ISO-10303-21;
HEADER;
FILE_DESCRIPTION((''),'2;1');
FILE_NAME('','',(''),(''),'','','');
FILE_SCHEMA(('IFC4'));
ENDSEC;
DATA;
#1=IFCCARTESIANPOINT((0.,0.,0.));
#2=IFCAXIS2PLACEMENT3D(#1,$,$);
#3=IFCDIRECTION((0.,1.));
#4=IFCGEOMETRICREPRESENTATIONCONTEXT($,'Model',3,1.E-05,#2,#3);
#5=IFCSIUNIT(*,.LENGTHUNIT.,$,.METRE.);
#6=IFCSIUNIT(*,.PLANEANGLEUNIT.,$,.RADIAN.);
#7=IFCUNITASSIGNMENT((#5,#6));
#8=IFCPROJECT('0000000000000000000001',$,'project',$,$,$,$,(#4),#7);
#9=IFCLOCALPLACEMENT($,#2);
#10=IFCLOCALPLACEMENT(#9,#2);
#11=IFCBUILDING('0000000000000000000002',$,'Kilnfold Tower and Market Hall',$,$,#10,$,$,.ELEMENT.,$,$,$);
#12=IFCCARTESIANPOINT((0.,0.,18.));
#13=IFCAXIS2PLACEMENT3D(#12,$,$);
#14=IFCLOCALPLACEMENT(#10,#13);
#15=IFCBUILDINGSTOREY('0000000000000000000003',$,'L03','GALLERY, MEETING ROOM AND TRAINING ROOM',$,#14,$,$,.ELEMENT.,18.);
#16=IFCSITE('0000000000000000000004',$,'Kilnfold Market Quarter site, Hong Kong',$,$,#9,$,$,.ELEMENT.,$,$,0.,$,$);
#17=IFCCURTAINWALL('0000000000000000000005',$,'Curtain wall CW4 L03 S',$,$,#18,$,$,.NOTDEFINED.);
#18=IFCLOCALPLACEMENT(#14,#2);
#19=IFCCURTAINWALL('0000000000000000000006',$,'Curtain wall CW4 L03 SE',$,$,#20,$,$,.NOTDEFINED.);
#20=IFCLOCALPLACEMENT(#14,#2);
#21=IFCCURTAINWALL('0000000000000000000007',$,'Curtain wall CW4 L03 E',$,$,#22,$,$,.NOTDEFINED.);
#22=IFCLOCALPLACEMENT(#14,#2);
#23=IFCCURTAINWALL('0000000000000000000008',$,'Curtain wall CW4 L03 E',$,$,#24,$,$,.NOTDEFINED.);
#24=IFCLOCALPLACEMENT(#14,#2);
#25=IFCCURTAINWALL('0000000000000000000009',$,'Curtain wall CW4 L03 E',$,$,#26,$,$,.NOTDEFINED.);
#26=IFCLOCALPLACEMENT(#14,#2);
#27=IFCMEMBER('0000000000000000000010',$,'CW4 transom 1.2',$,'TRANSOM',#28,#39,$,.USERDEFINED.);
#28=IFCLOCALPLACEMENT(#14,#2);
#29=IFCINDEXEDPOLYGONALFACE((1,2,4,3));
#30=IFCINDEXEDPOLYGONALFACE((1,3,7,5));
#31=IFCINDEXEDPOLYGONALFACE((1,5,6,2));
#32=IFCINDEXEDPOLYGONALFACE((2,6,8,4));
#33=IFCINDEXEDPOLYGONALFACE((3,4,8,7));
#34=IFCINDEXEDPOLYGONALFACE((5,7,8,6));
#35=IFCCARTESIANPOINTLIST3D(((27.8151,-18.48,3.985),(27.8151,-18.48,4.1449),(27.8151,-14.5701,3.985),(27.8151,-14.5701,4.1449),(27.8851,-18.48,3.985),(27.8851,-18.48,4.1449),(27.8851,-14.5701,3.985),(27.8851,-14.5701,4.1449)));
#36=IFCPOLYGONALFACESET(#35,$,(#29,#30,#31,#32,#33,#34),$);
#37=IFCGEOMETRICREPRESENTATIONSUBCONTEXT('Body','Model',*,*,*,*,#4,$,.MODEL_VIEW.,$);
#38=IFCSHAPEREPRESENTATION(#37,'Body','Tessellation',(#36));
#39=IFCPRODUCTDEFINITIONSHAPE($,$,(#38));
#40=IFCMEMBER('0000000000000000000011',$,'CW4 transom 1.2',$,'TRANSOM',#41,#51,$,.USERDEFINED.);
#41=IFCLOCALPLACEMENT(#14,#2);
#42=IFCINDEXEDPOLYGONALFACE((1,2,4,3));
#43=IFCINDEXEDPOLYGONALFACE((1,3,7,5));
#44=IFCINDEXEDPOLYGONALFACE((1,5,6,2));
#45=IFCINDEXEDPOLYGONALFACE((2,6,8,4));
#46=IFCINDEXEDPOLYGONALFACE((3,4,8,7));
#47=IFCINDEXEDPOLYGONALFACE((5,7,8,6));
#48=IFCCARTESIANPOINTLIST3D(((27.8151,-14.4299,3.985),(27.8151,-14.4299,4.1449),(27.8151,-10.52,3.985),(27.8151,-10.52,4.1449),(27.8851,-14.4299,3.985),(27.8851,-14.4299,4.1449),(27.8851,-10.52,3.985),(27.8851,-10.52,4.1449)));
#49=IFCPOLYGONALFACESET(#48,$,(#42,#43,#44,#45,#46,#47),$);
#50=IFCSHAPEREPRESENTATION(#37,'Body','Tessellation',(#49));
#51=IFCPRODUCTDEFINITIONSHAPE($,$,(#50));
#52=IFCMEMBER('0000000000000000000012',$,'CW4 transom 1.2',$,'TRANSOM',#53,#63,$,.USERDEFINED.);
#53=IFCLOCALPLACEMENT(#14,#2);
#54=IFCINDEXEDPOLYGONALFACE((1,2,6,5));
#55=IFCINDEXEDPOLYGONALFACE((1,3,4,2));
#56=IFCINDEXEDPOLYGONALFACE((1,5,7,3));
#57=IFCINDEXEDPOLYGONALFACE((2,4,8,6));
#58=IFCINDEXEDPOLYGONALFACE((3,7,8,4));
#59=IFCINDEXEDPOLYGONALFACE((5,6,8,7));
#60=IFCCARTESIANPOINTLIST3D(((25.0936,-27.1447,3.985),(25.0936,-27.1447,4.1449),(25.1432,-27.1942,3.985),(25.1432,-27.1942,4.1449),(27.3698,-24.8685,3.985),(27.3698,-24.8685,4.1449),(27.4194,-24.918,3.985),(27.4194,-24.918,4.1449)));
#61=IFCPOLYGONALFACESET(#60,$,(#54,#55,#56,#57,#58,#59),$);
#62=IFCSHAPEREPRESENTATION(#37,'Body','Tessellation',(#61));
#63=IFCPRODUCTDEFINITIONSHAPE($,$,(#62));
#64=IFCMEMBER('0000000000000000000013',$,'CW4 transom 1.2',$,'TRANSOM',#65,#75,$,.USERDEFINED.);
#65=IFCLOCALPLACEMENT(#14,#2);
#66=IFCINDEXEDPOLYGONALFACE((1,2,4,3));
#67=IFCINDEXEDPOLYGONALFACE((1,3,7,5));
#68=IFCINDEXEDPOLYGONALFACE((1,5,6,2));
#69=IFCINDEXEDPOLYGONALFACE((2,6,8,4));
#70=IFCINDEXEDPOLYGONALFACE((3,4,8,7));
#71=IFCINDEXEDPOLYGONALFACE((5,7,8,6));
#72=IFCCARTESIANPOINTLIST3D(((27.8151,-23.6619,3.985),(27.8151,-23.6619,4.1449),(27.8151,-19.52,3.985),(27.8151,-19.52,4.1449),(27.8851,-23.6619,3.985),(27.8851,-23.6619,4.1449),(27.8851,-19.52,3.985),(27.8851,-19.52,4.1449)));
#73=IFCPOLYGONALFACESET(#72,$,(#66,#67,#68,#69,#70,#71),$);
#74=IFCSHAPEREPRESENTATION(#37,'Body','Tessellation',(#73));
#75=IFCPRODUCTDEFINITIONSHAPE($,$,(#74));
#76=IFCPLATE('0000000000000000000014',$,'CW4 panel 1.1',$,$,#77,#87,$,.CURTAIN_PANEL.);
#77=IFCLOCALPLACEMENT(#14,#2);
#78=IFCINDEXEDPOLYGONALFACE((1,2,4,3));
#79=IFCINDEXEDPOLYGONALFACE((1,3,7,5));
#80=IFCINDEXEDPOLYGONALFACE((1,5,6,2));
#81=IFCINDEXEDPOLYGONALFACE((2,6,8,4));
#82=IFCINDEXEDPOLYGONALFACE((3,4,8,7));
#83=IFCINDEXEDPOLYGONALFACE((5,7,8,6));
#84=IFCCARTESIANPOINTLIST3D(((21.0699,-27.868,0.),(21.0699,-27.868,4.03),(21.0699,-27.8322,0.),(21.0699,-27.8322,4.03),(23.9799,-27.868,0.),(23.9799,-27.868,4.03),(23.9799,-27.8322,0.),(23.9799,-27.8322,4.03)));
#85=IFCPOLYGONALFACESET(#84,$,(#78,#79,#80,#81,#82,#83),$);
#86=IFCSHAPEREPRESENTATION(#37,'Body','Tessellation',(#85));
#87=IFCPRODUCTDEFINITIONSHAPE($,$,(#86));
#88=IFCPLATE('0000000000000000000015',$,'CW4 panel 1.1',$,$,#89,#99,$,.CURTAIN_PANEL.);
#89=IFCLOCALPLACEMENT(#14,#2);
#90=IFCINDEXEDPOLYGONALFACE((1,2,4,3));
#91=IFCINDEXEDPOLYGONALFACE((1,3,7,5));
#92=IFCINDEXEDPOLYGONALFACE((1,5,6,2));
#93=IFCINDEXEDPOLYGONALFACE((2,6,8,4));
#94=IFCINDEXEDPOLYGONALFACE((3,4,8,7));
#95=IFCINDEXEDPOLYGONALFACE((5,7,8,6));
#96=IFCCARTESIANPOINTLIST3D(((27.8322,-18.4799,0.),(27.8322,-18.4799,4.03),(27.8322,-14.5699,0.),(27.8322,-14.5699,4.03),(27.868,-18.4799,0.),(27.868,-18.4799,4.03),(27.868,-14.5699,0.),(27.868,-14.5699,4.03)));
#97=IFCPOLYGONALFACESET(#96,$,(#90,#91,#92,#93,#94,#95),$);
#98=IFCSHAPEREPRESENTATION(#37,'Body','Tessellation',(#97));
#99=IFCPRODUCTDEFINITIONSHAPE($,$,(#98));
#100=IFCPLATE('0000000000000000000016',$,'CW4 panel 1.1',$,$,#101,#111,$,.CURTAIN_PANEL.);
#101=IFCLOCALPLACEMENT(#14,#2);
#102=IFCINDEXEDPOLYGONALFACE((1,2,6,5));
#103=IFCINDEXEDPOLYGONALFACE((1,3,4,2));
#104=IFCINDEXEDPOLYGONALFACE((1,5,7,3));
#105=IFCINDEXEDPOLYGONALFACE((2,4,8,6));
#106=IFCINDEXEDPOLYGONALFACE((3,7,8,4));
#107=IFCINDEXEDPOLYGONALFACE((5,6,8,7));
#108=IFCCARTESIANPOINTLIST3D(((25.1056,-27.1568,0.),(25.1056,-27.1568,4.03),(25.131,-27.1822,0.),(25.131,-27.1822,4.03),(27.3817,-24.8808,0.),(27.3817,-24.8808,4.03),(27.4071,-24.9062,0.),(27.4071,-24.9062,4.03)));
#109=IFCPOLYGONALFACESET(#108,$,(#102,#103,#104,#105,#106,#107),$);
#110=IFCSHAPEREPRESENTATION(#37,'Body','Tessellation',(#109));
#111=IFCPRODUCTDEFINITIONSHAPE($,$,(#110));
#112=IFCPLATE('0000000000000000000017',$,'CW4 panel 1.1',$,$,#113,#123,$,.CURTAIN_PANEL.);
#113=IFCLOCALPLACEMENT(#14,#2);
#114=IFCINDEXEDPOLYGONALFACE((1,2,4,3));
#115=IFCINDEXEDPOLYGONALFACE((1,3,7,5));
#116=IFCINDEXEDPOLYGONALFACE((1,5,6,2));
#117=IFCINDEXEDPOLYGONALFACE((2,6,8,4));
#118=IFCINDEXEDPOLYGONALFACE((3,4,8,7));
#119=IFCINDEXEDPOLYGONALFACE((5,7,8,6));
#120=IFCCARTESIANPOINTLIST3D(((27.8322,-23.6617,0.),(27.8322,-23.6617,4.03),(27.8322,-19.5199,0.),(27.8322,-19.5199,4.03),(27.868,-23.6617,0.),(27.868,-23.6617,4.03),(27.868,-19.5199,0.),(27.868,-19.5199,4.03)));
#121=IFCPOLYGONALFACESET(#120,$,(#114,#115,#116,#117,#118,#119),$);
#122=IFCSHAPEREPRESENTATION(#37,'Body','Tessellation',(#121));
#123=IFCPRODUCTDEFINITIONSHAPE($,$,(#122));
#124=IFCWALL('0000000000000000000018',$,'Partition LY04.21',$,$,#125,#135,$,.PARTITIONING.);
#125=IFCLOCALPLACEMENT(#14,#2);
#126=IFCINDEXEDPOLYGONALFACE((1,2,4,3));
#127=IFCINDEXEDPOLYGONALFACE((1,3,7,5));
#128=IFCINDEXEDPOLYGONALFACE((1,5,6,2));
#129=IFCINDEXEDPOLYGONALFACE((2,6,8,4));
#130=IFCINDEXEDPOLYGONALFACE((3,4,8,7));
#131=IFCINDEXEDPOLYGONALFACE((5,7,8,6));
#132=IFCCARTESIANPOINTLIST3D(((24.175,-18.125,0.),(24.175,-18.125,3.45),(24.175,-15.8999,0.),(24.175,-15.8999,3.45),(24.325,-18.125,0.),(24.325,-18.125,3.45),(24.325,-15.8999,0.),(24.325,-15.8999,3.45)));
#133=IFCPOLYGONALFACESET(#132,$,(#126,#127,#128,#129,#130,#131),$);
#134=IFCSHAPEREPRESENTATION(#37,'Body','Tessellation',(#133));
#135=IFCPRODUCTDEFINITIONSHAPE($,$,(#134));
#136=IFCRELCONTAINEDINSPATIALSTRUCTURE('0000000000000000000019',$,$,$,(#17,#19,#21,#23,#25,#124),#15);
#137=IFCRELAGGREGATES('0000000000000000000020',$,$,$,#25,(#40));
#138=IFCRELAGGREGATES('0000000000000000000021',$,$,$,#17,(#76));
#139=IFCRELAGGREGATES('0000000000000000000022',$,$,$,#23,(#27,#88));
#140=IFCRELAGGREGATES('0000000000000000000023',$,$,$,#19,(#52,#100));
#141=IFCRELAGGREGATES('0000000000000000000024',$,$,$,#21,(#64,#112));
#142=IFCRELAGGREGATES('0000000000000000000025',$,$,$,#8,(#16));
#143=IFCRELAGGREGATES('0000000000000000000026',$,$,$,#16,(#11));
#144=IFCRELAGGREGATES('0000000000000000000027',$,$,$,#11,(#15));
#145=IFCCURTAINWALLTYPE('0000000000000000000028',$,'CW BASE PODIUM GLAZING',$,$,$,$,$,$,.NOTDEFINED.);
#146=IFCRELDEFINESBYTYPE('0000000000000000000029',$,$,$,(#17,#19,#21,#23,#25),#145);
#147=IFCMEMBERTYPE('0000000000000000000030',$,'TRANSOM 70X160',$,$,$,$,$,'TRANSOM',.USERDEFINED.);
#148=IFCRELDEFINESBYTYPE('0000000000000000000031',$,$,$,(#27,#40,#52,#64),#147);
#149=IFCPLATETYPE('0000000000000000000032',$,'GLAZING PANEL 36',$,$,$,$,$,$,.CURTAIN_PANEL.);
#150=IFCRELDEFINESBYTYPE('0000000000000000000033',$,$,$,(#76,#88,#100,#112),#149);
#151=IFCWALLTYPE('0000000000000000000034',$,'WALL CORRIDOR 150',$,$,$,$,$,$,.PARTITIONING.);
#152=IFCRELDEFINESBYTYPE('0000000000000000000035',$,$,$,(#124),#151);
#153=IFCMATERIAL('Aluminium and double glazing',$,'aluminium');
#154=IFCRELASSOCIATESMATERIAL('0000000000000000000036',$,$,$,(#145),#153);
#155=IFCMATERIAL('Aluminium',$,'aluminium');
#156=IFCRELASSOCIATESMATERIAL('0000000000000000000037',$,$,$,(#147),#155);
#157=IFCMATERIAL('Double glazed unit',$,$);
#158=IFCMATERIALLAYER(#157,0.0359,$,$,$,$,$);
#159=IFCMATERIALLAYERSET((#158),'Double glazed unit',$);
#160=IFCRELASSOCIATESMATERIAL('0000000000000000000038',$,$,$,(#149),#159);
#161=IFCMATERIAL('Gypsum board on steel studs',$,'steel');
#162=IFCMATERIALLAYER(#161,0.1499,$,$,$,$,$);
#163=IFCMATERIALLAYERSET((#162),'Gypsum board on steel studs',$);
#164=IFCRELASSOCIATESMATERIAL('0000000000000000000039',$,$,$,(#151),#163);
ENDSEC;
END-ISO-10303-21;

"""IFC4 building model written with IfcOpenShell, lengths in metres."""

from ifc_helpers import new_model, si_unit, direction, frame, frame_2d, origin, origin_2d, place, context, subcontext, project, spatial, rectangle, extrude, source, transform, mapped, material, layer, layer_set, material_profile, profile_set, type_object, element, aggregate, save


model = new_model("IFC4")

# Units and contexts
model_context = context("Model", 3, precision=1e-05, world=origin(), true_north=direction((0.0, 1.0)))
body_context = subcontext(model_context, "Body", "Model", "MODEL_VIEW")
ifc_project = project(units=[si_unit("LENGTHUNIT", "METRE"), si_unit("PLANEANGLEUNIT", "RADIAN")], contexts=[model_context])

# Site, building, storey
site_placement = place(None, origin())
site = spatial("IfcSite", under=ifc_project, at=site_placement, Name="Kilnfold Market Quarter site, Hong Kong", CompositionType="ELEMENT", RefElevation=0.0)
building_placement = place(site_placement, origin())
building = spatial("IfcBuilding", under=site, at=building_placement, Name="Kilnfold Tower and Market Hall", CompositionType="ELEMENT")
storey_placement = place(building_placement, frame((0.0, 0.0, 18.0)))
storey = spatial("IfcBuildingStorey", under=building, at=storey_placement, Name="L03", Description="GALLERY, MEETING ROOM AND TRAINING ROOM", CompositionType="ELEMENT", Elevation=18.0)

# Curtain wall
ifc_material_1 = material(Name="Aluminium and double glazing", Category="aluminium")
curtain_wall_type = type_object("IfcCurtainWallType", Name="CW BASE PODIUM GLAZING", PredefinedType="NOTDEFINED", material=ifc_material_1)
curtain_wall_1_placement = place(storey_placement, origin())
curtain_wall_1 = element("IfcCurtainWall", 1, at=curtain_wall_1_placement, inside=storey, type_object=curtain_wall_type, Name="Curtain wall CW4 L03 S", PredefinedType="NOTDEFINED")

# Curtain walls
curtain_wall_2_placement = place(storey_placement, origin())
curtain_wall_2 = element("IfcCurtainWall", 2, at=curtain_wall_2_placement, inside=storey, type_object=curtain_wall_type, Name="Curtain wall CW4 L03 SE", PredefinedType="NOTDEFINED")
curtain_wall_3_placement = place(storey_placement, origin())
curtain_wall_3 = element("IfcCurtainWall", 3, at=curtain_wall_3_placement, inside=storey, type_object=curtain_wall_type, Name="Curtain wall CW4 L03 E", PredefinedType="NOTDEFINED")
curtain_wall_4_placement = place(storey_placement, origin())
curtain_wall_4 = element("IfcCurtainWall", 4, at=curtain_wall_4_placement, inside=storey, type_object=curtain_wall_type, Name="Curtain wall CW4 L03 E", PredefinedType="NOTDEFINED")

# Curtain wall
curtain_wall_5_placement = place(storey_placement, origin())
curtain_wall_5 = element("IfcCurtainWall", 5, at=curtain_wall_5_placement, inside=storey, type_object=curtain_wall_type, Name="Curtain wall CW4 L03 E", PredefinedType="NOTDEFINED")

# Members
ifc_material_2 = material(Name="Aluminium", Category="aluminium")
ifc_material_profile_1 = material_profile(ifc_material_2, rectangle(XDim=0.0701, YDim=0.1599, at=origin_2d()), Name="TRANSOM 70x160")
ifc_profile_set_1 = profile_set([ifc_material_profile_1], Name="Aluminium")
member_type_1 = type_object("IfcMemberType", Name="TRANSOM 70X160", ElementType="TRANSOM", PredefinedType="USERDEFINED", material=ifc_profile_set_1)
shared_shape_1 = source(origin(), body_context, "Body", "SweptSolid", [
    extrude(rectangle(XDim=0.0701, YDim=0.1599, at=origin_2d()), origin(), (0.0, 0.0, 1.0), 3.9099),
])
member_1_placement = place(storey_placement, frame((27.8501, -18.48, 4.0649), z_axis=(0.0, 1.0, 0.0), x_axis=(-1.0, 0.0, 0.0)))
member_1 = element("IfcMember", 6, at=member_1_placement, type_object=member_type_1, Name="CW4 transom 1.2", ObjectType="TRANSOM", PredefinedType="USERDEFINED", context=body_context, shape_type="MappedRepresentation", body=[
    mapped(shared_shape_1, transform((0.0, 0.0, 0.0))),
])
member_2_placement = place(storey_placement, frame((27.8501, -14.4299, 4.0649), z_axis=(0.0, 1.0, 0.0), x_axis=(-1.0, 0.0, 0.0)))
member_2 = element("IfcMember", 7, at=member_2_placement, type_object=member_type_1, Name="CW4 transom 1.2", ObjectType="TRANSOM", PredefinedType="USERDEFINED", context=body_context, shape_type="MappedRepresentation", body=[
    mapped(shared_shape_1, transform((0.0, 0.0, 0.0))),
])
aggregate(curtain_wall_5, [member_2])
shared_shape_2 = source(origin(), body_context, "Body", "SweptSolid", [
    extrude(rectangle(XDim=0.0701, YDim=0.1599, at=origin_2d()), origin(), (0.0, 0.0, 1.0), 3.219),
])
member_3_placement = place(storey_placement, frame((25.1184, -27.1694, 4.0649), z_axis=(0.707107, 0.707107, 0.0), x_axis=(-0.707107, 0.707107, 0.0)))
member_3 = element("IfcMember", 8, at=member_3_placement, type_object=member_type_1, Name="CW4 transom 1.2", ObjectType="TRANSOM", PredefinedType="USERDEFINED", context=body_context, shape_type="MappedRepresentation", body=[
    mapped(shared_shape_2, transform((0.0, 0.0, 0.0))),
])
shared_shape_3 = source(origin(), body_context, "Body", "SweptSolid", [
    extrude(rectangle(XDim=0.0701, YDim=0.1599, at=origin_2d()), origin(), (0.0, 0.0, 1.0), 4.1418),
])
member_4_placement = place(storey_placement, frame((27.8501, -23.6619, 4.0649), z_axis=(0.0, 1.0, 0.0), x_axis=(-1.0, 0.0, 0.0)))
member_4 = element("IfcMember", 9, at=member_4_placement, type_object=member_type_1, Name="CW4 transom 1.2", ObjectType="TRANSOM", PredefinedType="USERDEFINED", context=body_context, shape_type="MappedRepresentation", body=[
    mapped(shared_shape_3, transform((0.0, 0.0, 0.0))),
])

# Plates
ifc_material_3 = material(Name="Double glazed unit")
ifc_layer_1 = layer(ifc_material_3, 0.0359)
ifc_layer_set_1 = layer_set([ifc_layer_1], Name="Double glazed unit")
plate_type = type_object("IfcPlateType", Name="GLAZING PANEL 36", PredefinedType="CURTAIN_PANEL", material=ifc_layer_set_1)
shared_shape_4 = source(origin(), body_context, "Body", "SweptSolid", [
    extrude(rectangle(XDim=2.9099, YDim=0.0359, at=origin_2d()), origin(), (0.0, 0.0, 1.0), 4.03),
])
plate_1_placement = place(storey_placement, frame((22.5249, -27.8501, 0.0), z_axis=(0.0, 0.0, 1.0), x_axis=(1.0, 0.0, 0.0)))
plate_1 = element("IfcPlate", 10, at=plate_1_placement, type_object=plate_type, Name="CW4 panel 1.1", PredefinedType="CURTAIN_PANEL", context=body_context, shape_type="MappedRepresentation", body=[
    mapped(shared_shape_4, transform((0.0, 0.0, 0.0))),
])
aggregate(curtain_wall_1, [plate_1])
shared_shape_5 = source(origin(), body_context, "Body", "SweptSolid", [
    extrude(rectangle(XDim=3.9099, YDim=0.0359, at=origin_2d()), origin(), (0.0, 0.0, 1.0), 4.03),
])
plate_2_placement = place(storey_placement, frame((27.8501, -16.5249, 0.0), z_axis=(0.0, 0.0, 1.0), x_axis=(0.0, 1.0, 0.0)))
plate_2 = element("IfcPlate", 11, at=plate_2_placement, type_object=plate_type, Name="CW4 panel 1.1", PredefinedType="CURTAIN_PANEL", context=body_context, shape_type="MappedRepresentation", body=[
    mapped(shared_shape_5, transform((0.0, 0.0, 0.0))),
])
aggregate(curtain_wall_4, [member_1, plate_2])
shared_shape_6 = source(origin(), body_context, "Body", "SweptSolid", [
    extrude(rectangle(XDim=3.2188, YDim=0.0359, at=origin_2d()), origin(), (0.0, 0.0, 1.0), 4.03),
])
plate_3_placement = place(storey_placement, frame((26.2563, -26.0315, 0.0), z_axis=(0.0, 0.0, 1.0), x_axis=(0.707122, 0.707092, 0.0)))
plate_3 = element("IfcPlate", 12, at=plate_3_placement, type_object=plate_type, Name="CW4 panel 1.1", PredefinedType="CURTAIN_PANEL", context=body_context, shape_type="MappedRepresentation", body=[
    mapped(shared_shape_6, transform((0.0, 0.0, 0.0))),
])
aggregate(curtain_wall_2, [member_3, plate_3])
shared_shape_7 = source(origin(), body_context, "Body", "SweptSolid", [
    extrude(rectangle(XDim=4.1418, YDim=0.0359, at=origin_2d()), origin(), (0.0, 0.0, 1.0), 4.03),
])
plate_4_placement = place(storey_placement, frame((27.8501, -21.5908, 0.0), z_axis=(0.0, 0.0, 1.0), x_axis=(0.0, 1.0, 0.0)))
plate_4 = element("IfcPlate", 13, at=plate_4_placement, type_object=plate_type, Name="CW4 panel 1.1", PredefinedType="CURTAIN_PANEL", context=body_context, shape_type="MappedRepresentation", body=[
    mapped(shared_shape_7, transform((0.0, 0.0, 0.0))),
])
aggregate(curtain_wall_3, [member_4, plate_4])

# Wall
ifc_material_4 = material(Name="Gypsum board on steel studs", Category="steel")
ifc_layer_2 = layer(ifc_material_4, 0.1499)
ifc_layer_set_2 = layer_set([ifc_layer_2], Name="Gypsum board on steel studs")
wall_type = type_object("IfcWallType", Name="WALL CORRIDOR 150", PredefinedType="PARTITIONING", material=ifc_layer_set_2)
wall_placement = place(storey_placement, frame((24.25, -18.125, 0.0), z_axis=(0.0, 0.0, 1.0), x_axis=(0.0, 1.0, 0.0)))
element("IfcWall", 14, at=wall_placement, inside=storey, type_object=wall_type, Name="Partition LY04.21", PredefinedType="PARTITIONING", context=body_context, shape_type="SweptSolid", body=[
    extrude(rectangle(XDim=2.2251, YDim=0.1499, at=frame_2d((1.1125, 0.0))), origin(), (0.0, 0.0, 1.0), 3.45),
])

save(model, "model.ifc")
